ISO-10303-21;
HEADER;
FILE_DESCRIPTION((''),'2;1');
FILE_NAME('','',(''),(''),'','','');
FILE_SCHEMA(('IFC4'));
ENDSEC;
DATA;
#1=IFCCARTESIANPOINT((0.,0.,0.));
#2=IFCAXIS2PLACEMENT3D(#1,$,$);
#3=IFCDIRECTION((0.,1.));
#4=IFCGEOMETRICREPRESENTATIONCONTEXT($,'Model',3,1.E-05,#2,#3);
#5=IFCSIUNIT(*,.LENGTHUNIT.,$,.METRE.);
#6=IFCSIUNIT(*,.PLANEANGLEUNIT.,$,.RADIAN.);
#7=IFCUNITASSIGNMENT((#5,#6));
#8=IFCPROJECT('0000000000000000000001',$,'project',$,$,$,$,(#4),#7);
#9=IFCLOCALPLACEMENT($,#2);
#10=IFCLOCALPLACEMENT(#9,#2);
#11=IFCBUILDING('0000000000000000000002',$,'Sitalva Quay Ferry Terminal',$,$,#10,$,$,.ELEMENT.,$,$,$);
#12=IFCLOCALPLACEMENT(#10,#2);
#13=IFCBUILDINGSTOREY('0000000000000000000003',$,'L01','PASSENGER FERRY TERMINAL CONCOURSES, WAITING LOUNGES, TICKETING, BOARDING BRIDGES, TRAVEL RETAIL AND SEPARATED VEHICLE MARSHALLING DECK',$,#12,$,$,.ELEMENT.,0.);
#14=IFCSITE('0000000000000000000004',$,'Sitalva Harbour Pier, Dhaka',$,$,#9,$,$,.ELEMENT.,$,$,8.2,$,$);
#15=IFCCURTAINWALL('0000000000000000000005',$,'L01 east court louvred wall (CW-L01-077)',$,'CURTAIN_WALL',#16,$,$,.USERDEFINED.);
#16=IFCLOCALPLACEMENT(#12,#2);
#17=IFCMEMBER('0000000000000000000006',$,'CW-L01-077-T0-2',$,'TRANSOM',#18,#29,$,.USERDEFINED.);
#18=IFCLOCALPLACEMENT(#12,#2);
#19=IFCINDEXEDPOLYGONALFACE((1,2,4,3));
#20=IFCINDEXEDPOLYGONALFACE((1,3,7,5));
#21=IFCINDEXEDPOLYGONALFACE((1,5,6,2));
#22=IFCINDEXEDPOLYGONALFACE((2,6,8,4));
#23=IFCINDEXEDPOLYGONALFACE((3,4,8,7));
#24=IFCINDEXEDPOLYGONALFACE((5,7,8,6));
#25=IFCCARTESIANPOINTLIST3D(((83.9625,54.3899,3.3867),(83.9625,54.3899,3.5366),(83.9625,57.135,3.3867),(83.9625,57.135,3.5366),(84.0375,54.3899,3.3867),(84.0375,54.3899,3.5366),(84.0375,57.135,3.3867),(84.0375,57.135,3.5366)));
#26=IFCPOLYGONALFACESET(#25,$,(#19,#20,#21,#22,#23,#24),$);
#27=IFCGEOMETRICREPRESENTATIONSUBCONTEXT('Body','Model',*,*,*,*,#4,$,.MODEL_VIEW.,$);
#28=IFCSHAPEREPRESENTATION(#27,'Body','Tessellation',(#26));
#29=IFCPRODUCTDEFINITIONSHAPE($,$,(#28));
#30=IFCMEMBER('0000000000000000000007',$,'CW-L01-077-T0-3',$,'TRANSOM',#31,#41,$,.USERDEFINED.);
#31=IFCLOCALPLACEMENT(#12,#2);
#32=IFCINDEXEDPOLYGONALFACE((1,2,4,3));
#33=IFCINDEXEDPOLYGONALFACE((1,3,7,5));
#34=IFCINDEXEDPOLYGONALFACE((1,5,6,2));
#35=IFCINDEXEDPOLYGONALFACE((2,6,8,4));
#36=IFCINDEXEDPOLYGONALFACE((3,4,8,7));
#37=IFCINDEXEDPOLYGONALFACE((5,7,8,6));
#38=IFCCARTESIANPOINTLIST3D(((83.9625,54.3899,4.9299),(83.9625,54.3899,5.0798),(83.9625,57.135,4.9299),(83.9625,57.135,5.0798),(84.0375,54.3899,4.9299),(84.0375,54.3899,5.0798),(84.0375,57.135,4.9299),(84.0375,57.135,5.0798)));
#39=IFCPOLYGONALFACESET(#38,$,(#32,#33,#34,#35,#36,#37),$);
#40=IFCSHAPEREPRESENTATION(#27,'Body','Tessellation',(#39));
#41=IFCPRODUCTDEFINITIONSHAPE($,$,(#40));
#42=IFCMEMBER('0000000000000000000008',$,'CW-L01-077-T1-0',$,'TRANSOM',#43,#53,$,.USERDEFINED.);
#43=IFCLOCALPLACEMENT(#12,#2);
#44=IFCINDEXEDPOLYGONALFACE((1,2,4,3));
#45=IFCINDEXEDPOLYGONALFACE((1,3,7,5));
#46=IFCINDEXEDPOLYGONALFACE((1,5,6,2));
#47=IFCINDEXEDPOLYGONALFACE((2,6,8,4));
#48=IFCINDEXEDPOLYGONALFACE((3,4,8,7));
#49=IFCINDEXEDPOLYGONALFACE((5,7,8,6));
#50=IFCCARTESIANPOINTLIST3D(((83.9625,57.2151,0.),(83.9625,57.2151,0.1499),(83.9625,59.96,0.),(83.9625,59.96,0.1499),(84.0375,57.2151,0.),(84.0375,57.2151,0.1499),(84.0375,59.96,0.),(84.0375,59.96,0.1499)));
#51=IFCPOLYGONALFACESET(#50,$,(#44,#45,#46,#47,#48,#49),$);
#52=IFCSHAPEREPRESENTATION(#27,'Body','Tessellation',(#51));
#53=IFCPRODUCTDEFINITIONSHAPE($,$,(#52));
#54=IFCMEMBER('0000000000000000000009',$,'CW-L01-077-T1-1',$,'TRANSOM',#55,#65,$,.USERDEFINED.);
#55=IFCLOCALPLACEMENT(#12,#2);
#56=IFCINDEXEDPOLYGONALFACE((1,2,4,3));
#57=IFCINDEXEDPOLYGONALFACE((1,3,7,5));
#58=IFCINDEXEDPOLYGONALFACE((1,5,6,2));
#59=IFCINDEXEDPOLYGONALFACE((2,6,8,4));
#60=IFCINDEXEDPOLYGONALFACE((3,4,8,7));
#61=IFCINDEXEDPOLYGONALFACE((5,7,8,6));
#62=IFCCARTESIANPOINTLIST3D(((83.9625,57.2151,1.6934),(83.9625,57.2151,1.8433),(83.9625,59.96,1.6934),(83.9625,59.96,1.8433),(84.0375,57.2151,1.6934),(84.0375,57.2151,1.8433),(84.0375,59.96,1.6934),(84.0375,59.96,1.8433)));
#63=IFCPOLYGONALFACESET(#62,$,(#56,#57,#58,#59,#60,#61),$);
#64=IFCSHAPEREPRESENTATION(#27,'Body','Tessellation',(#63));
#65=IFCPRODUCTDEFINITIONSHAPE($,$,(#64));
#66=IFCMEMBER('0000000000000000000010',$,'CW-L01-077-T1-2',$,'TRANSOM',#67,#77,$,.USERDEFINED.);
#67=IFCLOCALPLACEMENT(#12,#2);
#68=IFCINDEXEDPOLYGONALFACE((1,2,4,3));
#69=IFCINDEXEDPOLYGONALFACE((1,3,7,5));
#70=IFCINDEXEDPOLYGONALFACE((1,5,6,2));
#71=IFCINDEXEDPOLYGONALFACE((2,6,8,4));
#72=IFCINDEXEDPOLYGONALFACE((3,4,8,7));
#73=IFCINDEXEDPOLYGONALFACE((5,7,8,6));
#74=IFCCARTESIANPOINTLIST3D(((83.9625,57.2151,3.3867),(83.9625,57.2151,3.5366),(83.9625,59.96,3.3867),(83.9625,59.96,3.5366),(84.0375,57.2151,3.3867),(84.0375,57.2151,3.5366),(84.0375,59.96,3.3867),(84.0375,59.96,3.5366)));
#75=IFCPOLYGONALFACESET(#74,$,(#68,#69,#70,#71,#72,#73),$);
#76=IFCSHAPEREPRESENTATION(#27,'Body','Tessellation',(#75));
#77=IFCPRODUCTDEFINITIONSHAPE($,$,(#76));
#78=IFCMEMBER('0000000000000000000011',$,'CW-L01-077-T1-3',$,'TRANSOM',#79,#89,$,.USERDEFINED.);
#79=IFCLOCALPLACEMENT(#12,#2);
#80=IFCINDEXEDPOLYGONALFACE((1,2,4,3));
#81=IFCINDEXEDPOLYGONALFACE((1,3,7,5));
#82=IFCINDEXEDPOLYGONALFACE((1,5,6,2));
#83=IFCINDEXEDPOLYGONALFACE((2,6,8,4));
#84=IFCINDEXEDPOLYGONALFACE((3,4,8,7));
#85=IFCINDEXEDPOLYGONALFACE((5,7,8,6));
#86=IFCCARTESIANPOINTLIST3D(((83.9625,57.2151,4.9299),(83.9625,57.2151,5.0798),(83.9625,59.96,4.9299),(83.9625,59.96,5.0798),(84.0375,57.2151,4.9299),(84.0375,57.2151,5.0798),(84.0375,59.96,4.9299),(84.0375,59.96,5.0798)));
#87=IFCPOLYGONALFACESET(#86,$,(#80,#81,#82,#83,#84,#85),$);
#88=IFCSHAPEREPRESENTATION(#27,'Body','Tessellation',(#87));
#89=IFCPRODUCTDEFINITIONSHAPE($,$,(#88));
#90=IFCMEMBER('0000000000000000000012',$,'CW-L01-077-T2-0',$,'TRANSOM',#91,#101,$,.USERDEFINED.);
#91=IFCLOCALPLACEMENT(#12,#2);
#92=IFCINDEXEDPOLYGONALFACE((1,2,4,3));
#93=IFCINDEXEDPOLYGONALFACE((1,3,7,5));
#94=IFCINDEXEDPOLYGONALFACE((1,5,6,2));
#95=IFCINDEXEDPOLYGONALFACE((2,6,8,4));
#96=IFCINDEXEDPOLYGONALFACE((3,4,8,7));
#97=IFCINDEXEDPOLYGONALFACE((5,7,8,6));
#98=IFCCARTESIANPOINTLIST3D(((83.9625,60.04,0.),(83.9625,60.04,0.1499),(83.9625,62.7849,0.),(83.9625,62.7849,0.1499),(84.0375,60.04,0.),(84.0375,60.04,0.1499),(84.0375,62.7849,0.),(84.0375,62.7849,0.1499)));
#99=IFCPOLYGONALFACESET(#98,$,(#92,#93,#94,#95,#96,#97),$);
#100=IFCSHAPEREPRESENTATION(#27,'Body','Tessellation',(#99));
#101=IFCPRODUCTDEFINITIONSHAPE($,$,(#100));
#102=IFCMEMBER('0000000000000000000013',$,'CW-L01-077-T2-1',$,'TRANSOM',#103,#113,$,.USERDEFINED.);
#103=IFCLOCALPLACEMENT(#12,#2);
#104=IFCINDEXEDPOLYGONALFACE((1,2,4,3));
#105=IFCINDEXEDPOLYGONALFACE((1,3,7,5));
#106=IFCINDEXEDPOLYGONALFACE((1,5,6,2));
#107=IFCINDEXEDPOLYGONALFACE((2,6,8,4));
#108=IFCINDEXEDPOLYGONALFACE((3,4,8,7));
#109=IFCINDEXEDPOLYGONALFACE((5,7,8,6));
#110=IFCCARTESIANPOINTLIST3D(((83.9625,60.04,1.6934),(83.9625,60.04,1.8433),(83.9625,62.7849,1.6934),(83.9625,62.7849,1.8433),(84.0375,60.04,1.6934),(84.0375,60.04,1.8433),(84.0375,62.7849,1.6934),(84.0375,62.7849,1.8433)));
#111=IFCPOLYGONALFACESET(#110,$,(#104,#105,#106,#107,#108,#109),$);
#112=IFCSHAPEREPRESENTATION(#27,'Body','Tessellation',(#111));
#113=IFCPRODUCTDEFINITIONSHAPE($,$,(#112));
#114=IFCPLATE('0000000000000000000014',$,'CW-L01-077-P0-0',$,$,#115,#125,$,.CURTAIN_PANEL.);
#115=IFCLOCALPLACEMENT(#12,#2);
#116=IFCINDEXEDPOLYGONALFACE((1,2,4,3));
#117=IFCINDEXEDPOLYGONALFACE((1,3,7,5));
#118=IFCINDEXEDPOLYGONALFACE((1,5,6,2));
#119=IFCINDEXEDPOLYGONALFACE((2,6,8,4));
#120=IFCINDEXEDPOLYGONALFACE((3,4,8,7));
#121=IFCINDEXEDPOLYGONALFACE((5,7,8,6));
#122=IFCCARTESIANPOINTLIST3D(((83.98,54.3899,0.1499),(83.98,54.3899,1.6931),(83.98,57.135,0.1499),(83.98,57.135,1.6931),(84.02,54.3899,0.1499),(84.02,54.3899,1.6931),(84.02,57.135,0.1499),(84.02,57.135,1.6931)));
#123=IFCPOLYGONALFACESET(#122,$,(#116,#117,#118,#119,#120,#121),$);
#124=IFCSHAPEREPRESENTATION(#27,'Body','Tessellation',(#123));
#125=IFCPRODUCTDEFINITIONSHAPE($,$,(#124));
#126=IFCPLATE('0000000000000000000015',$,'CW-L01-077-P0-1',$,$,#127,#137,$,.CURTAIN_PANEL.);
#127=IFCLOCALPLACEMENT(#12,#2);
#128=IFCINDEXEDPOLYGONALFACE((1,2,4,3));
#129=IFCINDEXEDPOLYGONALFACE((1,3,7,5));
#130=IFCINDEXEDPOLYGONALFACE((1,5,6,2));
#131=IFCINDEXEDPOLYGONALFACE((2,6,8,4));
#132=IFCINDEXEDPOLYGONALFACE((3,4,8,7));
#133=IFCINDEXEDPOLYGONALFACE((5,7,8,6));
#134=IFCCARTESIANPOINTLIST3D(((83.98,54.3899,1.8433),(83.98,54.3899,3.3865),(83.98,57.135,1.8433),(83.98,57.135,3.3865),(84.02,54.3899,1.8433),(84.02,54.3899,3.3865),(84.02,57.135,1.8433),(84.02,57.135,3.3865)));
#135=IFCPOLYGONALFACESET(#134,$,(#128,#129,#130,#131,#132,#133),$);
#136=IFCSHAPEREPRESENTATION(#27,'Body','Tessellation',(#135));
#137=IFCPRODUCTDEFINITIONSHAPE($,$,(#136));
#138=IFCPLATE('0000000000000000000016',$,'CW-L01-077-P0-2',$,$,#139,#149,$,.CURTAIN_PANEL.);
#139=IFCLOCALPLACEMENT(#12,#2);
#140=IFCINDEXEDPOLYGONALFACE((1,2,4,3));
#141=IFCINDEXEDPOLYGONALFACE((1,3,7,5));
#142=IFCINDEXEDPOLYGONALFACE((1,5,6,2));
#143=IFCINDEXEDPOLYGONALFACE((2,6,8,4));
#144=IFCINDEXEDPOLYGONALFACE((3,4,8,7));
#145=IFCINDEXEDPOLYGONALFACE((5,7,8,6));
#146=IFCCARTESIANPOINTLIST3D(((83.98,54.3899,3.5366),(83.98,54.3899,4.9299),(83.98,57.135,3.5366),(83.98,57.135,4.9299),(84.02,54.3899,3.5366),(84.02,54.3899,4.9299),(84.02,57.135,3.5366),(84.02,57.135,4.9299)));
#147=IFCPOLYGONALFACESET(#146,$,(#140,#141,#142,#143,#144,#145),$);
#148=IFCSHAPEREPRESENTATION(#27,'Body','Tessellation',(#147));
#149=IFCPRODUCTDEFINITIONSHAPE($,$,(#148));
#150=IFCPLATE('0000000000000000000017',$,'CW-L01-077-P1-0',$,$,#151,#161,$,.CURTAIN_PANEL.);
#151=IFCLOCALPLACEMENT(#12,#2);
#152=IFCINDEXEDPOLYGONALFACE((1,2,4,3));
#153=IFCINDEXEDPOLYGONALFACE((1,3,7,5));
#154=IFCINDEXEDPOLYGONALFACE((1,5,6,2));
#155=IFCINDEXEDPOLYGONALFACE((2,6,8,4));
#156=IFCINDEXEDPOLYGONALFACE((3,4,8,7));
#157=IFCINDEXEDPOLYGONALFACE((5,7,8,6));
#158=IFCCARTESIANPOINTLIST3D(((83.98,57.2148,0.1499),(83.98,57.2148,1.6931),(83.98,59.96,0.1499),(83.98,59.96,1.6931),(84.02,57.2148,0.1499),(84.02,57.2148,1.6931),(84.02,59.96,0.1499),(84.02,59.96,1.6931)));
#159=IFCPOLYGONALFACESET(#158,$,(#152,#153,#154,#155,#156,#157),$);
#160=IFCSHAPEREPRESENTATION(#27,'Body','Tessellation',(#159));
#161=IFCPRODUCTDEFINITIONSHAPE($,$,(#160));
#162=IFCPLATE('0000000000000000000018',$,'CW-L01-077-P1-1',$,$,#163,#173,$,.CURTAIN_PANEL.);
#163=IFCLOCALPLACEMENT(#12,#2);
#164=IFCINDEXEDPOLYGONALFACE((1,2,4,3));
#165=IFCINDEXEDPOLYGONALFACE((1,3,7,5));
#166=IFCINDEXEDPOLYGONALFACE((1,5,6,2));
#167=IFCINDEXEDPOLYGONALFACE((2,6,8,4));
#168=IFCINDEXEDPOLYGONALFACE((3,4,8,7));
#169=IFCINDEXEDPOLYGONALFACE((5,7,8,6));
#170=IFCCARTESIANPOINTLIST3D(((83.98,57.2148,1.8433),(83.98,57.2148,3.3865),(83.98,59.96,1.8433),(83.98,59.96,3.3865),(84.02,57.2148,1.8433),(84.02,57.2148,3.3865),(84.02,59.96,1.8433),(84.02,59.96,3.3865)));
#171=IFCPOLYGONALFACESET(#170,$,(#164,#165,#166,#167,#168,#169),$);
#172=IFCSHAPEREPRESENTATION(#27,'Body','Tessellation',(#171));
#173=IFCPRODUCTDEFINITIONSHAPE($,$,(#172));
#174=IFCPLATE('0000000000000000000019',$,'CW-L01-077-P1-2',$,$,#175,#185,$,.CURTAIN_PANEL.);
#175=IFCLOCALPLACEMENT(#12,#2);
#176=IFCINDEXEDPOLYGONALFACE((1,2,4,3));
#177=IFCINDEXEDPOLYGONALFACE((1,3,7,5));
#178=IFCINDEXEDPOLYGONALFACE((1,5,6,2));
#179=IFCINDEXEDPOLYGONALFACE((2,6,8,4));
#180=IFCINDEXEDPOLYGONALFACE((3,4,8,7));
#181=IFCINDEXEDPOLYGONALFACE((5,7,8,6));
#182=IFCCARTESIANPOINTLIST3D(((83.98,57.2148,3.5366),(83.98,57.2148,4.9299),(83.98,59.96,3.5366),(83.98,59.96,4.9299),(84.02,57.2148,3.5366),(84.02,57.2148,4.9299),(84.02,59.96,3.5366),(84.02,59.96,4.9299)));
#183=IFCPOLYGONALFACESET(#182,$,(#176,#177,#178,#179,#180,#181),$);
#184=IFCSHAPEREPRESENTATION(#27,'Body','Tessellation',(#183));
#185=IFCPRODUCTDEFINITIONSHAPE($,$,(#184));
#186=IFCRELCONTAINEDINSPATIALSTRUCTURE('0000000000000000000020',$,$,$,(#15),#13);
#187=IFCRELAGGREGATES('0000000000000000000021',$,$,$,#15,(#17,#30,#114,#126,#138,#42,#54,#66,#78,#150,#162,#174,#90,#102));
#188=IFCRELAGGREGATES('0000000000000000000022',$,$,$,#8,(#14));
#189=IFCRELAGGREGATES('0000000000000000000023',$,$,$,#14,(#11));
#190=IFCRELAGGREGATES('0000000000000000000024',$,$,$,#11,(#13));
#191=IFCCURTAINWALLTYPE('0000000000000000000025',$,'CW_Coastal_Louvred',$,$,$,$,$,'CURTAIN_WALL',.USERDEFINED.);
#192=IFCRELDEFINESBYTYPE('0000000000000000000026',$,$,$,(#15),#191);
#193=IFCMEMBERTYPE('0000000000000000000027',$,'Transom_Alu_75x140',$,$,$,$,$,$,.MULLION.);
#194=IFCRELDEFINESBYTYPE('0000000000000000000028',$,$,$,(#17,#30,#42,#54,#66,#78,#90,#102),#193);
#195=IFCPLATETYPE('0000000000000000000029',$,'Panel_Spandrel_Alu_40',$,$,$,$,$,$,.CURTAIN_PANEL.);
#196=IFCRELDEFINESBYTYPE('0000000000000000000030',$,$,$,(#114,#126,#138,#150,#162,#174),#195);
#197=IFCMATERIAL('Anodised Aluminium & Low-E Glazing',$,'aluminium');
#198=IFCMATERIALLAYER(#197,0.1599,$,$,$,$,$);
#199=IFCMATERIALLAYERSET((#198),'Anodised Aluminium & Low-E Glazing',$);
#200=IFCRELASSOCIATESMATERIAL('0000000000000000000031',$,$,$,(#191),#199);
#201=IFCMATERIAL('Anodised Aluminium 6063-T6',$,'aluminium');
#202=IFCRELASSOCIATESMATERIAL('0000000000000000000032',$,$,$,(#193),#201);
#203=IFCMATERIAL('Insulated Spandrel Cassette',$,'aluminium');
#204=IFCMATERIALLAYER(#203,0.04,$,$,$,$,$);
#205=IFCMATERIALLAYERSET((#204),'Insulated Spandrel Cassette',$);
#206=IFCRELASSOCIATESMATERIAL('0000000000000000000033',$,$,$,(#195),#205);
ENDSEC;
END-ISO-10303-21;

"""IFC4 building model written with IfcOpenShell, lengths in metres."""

from ifc_helpers import new_model, si_unit, direction, frame, origin, origin_2d, place, context, subcontext, project, spatial, rectangle, extrude, material, layer, layer_set, material_profile, profile_set, type_object, element, aggregate, save


model = new_model("IFC4")

# Units and contexts
model_context = context("Model", 3, precision=1e-05, world=origin(), true_north=direction((0.0, 1.0)))
body_context = subcontext(model_context, "Body", "Model", "MODEL_VIEW")
ifc_project = project(units=[si_unit("LENGTHUNIT", "METRE"), si_unit("PLANEANGLEUNIT", "RADIAN")], contexts=[model_context])

# Site, building, storey
site_placement = place(None, origin())
site = spatial("IfcSite", under=ifc_project, at=site_placement, Name="Sitalva Harbour Pier, Dhaka", CompositionType="ELEMENT", RefElevation=8.2)
building_placement = place(site_placement, origin())
building = spatial("IfcBuilding", under=site, at=building_placement, Name="Sitalva Quay Ferry Terminal", CompositionType="ELEMENT")
storey_placement = place(building_placement, origin())
storey = spatial("IfcBuildingStorey", under=building, at=storey_placement, Name="L01", Description="PASSENGER FERRY TERMINAL CONCOURSES, WAITING LOUNGES, TICKETING, BOARDING BRIDGES, TRAVEL RETAIL AND SEPARATED VEHICLE MARSHALLING DECK", CompositionType="ELEMENT", Elevation=0.0)

# Curtain wall, members, plates
ifc_material_1 = material(Name="Anodised Aluminium & Low-E Glazing", Category="aluminium")
ifc_layer_1 = layer(ifc_material_1, 0.1599)
ifc_layer_set_1 = layer_set([ifc_layer_1], Name="Anodised Aluminium & Low-E Glazing")
curtain_wall_type = type_object("IfcCurtainWallType", Name="CW_Coastal_Louvred", ElementType="CURTAIN_WALL", PredefinedType="USERDEFINED", material=ifc_layer_set_1)
curtain_wall_placement = place(storey_placement, origin())
curtain_wall = element("IfcCurtainWall", 1, at=curtain_wall_placement, inside=storey, type_object=curtain_wall_type, Name="L01 east court louvred wall (CW-L01-077)", ObjectType="CURTAIN_WALL", PredefinedType="USERDEFINED")
ifc_material_2 = material(Name="Anodised Aluminium 6063-T6", Category="aluminium")
ifc_material_profile_1 = material_profile(ifc_material_2, rectangle(XDim=0.075, YDim=0.1499, at=origin_2d()), Name="ALU75x150")
ifc_profile_set_1 = profile_set([ifc_material_profile_1], Name="Anodised Aluminium 6063-T6")
member_type_1 = type_object("IfcMemberType", Name="Transom_Alu_75x140", PredefinedType="MULLION", material=ifc_profile_set_1)
member_1_placement = place(storey_placement, frame((84.0, 54.3899, 3.4617), z_axis=(0.0, 1.0, 0.0), x_axis=(-1.0, 0.0, 0.0)))
member_1 = element("IfcMember", 2, at=member_1_placement, type_object=member_type_1, Name="CW-L01-077-T0-2", ObjectType="TRANSOM", PredefinedType="USERDEFINED", context=body_context, shape_type="SweptSolid", body=[
    extrude(rectangle(XDim=0.075, YDim=0.1499, at=origin_2d()), origin(), (0.0, 0.0, 1.0), 2.7451),
])
member_2_placement = place(storey_placement, frame((84.0, 54.3899, 5.0049), z_axis=(0.0, 1.0, 0.0), x_axis=(-1.0, 0.0, 0.0)))
member_2 = element("IfcMember", 3, at=member_2_placement, type_object=member_type_1, Name="CW-L01-077-T0-3", ObjectType="TRANSOM", PredefinedType="USERDEFINED", context=body_context, shape_type="SweptSolid", body=[
    extrude(rectangle(XDim=0.075, YDim=0.1499, at=origin_2d()), origin(), (0.0, 0.0, 1.0), 2.7451),
])
member_3_placement = place(storey_placement, frame((84.0, 57.2151, 0.075), z_axis=(0.0, 1.0, 0.0), x_axis=(-1.0, 0.0, 0.0)))
member_3 = element("IfcMember", 4, at=member_3_placement, type_object=member_type_1, Name="CW-L01-077-T1-0", ObjectType="TRANSOM", PredefinedType="USERDEFINED", context=body_context, shape_type="SweptSolid", body=[
    extrude(rectangle(XDim=0.075, YDim=0.1499, at=origin_2d()), origin(), (0.0, 0.0, 1.0), 2.7449),
])
member_4_placement = place(storey_placement, frame((84.0, 57.2151, 1.7683), z_axis=(0.0, 1.0, 0.0), x_axis=(-1.0, 0.0, 0.0)))
member_4 = element("IfcMember", 5, at=member_4_placement, type_object=member_type_1, Name="CW-L01-077-T1-1", ObjectType="TRANSOM", PredefinedType="USERDEFINED", context=body_context, shape_type="SweptSolid", body=[
    extrude(rectangle(XDim=0.075, YDim=0.1499, at=origin_2d()), origin(), (0.0, 0.0, 1.0), 2.7449),
])
member_5_placement = place(storey_placement, frame((84.0, 57.2151, 3.4617), z_axis=(0.0, 1.0, 0.0), x_axis=(-1.0, 0.0, 0.0)))
member_5 = element("IfcMember", 6, at=member_5_placement, type_object=member_type_1, Name="CW-L01-077-T1-2", ObjectType="TRANSOM", PredefinedType="USERDEFINED", context=body_context, shape_type="SweptSolid", body=[
    extrude(rectangle(XDim=0.075, YDim=0.1499, at=origin_2d()), origin(), (0.0, 0.0, 1.0), 2.7449),
])
member_6_placement = place(storey_placement, frame((84.0, 57.2151, 5.0049), z_axis=(0.0, 1.0, 0.0), x_axis=(-1.0, 0.0, 0.0)))
member_6 = element("IfcMember", 7, at=member_6_placement, type_object=member_type_1, Name="CW-L01-077-T1-3", ObjectType="TRANSOM", PredefinedType="USERDEFINED", context=body_context, shape_type="SweptSolid", body=[
    extrude(rectangle(XDim=0.075, YDim=0.1499, at=origin_2d()), origin(), (0.0, 0.0, 1.0), 2.7449),
])
member_7_placement = place(storey_placement, frame((84.0, 60.04, 0.075), z_axis=(0.0, 1.0, 0.0), x_axis=(-1.0, 0.0, 0.0)))
member_7 = element("IfcMember", 8, at=member_7_placement, type_object=member_type_1, Name="CW-L01-077-T2-0", ObjectType="TRANSOM", PredefinedType="USERDEFINED", context=body_context, shape_type="SweptSolid", body=[
    extrude(rectangle(XDim=0.075, YDim=0.1499, at=origin_2d()), origin(), (0.0, 0.0, 1.0), 2.7449),
])
member_8_placement = place(storey_placement, frame((84.0, 60.04, 1.7683), z_axis=(0.0, 1.0, 0.0), x_axis=(-1.0, 0.0, 0.0)))
member_8 = element("IfcMember", 9, at=member_8_placement, type_object=member_type_1, Name="CW-L01-077-T2-1", ObjectType="TRANSOM", PredefinedType="USERDEFINED", context=body_context, shape_type="SweptSolid", body=[
    extrude(rectangle(XDim=0.075, YDim=0.1499, at=origin_2d()), origin(), (0.0, 0.0, 1.0), 2.7449),
])
ifc_material_3 = material(Name="Insulated Spandrel Cassette", Category="aluminium")
ifc_layer_2 = layer(ifc_material_3, 0.04)
ifc_layer_set_2 = layer_set([ifc_layer_2], Name="Insulated Spandrel Cassette")
plate_type = type_object("IfcPlateType", Name="Panel_Spandrel_Alu_40", PredefinedType="CURTAIN_PANEL", material=ifc_layer_set_2)
plate_1_placement = place(storey_placement, frame((84.0, 55.7625, 0.1499), z_axis=(0.0, 0.0, 1.0), x_axis=(0.0, 1.0, 0.0)))
plate_1 = element("IfcPlate", 10, at=plate_1_placement, type_object=plate_type, Name="CW-L01-077-P0-0", PredefinedType="CURTAIN_PANEL", context=body_context, shape_type="SweptSolid", body=[
    extrude(rectangle(XDim=2.7451, YDim=0.04, at=origin_2d()), origin(), (0.0, 0.0, 1.0), 1.5432),
])
plate_2_placement = place(storey_placement, frame((84.0, 55.7625, 1.8433), z_axis=(0.0, 0.0, 1.0), x_axis=(0.0, 1.0, 0.0)))
plate_2 = element("IfcPlate", 11, at=plate_2_placement, type_object=plate_type, Name="CW-L01-077-P0-1", PredefinedType="CURTAIN_PANEL", context=body_context, shape_type="SweptSolid", body=[
    extrude(rectangle(XDim=2.7451, YDim=0.04, at=origin_2d()), origin(), (0.0, 0.0, 1.0), 1.5432),
])
plate_3_placement = place(storey_placement, frame((84.0, 55.7625, 3.5366), z_axis=(0.0, 0.0, 1.0), x_axis=(0.0, 1.0, 0.0)))
plate_3 = element("IfcPlate", 12, at=plate_3_placement, type_object=plate_type, Name="CW-L01-077-P0-2", PredefinedType="CURTAIN_PANEL", context=body_context, shape_type="SweptSolid", body=[
    extrude(rectangle(XDim=2.7451, YDim=0.04, at=origin_2d()), origin(), (0.0, 0.0, 1.0), 1.3933),
])
plate_4_placement = place(storey_placement, frame((84.0, 58.5874, 0.1499), z_axis=(0.0, 0.0, 1.0), x_axis=(0.0, 1.0, 0.0)))
plate_4 = element("IfcPlate", 13, at=plate_4_placement, type_object=plate_type, Name="CW-L01-077-P1-0", PredefinedType="CURTAIN_PANEL", context=body_context, shape_type="SweptSolid", body=[
    extrude(rectangle(XDim=2.7451, YDim=0.04, at=origin_2d()), origin(), (0.0, 0.0, 1.0), 1.5432),
])
plate_5_placement = place(storey_placement, frame((84.0, 58.5874, 1.8433), z_axis=(0.0, 0.0, 1.0), x_axis=(0.0, 1.0, 0.0)))
plate_5 = element("IfcPlate", 14, at=plate_5_placement, type_object=plate_type, Name="CW-L01-077-P1-1", PredefinedType="CURTAIN_PANEL", context=body_context, shape_type="SweptSolid", body=[
    extrude(rectangle(XDim=2.7451, YDim=0.04, at=origin_2d()), origin(), (0.0, 0.0, 1.0), 1.5432),
])
plate_6_placement = place(storey_placement, frame((84.0, 58.5874, 3.5366), z_axis=(0.0, 0.0, 1.0), x_axis=(0.0, 1.0, 0.0)))
plate_6 = element("IfcPlate", 15, at=plate_6_placement, type_object=plate_type, Name="CW-L01-077-P1-2", PredefinedType="CURTAIN_PANEL", context=body_context, shape_type="SweptSolid", body=[
    extrude(rectangle(XDim=2.7451, YDim=0.04, at=origin_2d()), origin(), (0.0, 0.0, 1.0), 1.3933),
])
aggregate(curtain_wall, [member_1, member_2, plate_1, plate_2, plate_3, member_3, member_4, member_5, member_6, plate_4, plate_5, plate_6, member_7, member_8])

save(model, "model.ifc")
